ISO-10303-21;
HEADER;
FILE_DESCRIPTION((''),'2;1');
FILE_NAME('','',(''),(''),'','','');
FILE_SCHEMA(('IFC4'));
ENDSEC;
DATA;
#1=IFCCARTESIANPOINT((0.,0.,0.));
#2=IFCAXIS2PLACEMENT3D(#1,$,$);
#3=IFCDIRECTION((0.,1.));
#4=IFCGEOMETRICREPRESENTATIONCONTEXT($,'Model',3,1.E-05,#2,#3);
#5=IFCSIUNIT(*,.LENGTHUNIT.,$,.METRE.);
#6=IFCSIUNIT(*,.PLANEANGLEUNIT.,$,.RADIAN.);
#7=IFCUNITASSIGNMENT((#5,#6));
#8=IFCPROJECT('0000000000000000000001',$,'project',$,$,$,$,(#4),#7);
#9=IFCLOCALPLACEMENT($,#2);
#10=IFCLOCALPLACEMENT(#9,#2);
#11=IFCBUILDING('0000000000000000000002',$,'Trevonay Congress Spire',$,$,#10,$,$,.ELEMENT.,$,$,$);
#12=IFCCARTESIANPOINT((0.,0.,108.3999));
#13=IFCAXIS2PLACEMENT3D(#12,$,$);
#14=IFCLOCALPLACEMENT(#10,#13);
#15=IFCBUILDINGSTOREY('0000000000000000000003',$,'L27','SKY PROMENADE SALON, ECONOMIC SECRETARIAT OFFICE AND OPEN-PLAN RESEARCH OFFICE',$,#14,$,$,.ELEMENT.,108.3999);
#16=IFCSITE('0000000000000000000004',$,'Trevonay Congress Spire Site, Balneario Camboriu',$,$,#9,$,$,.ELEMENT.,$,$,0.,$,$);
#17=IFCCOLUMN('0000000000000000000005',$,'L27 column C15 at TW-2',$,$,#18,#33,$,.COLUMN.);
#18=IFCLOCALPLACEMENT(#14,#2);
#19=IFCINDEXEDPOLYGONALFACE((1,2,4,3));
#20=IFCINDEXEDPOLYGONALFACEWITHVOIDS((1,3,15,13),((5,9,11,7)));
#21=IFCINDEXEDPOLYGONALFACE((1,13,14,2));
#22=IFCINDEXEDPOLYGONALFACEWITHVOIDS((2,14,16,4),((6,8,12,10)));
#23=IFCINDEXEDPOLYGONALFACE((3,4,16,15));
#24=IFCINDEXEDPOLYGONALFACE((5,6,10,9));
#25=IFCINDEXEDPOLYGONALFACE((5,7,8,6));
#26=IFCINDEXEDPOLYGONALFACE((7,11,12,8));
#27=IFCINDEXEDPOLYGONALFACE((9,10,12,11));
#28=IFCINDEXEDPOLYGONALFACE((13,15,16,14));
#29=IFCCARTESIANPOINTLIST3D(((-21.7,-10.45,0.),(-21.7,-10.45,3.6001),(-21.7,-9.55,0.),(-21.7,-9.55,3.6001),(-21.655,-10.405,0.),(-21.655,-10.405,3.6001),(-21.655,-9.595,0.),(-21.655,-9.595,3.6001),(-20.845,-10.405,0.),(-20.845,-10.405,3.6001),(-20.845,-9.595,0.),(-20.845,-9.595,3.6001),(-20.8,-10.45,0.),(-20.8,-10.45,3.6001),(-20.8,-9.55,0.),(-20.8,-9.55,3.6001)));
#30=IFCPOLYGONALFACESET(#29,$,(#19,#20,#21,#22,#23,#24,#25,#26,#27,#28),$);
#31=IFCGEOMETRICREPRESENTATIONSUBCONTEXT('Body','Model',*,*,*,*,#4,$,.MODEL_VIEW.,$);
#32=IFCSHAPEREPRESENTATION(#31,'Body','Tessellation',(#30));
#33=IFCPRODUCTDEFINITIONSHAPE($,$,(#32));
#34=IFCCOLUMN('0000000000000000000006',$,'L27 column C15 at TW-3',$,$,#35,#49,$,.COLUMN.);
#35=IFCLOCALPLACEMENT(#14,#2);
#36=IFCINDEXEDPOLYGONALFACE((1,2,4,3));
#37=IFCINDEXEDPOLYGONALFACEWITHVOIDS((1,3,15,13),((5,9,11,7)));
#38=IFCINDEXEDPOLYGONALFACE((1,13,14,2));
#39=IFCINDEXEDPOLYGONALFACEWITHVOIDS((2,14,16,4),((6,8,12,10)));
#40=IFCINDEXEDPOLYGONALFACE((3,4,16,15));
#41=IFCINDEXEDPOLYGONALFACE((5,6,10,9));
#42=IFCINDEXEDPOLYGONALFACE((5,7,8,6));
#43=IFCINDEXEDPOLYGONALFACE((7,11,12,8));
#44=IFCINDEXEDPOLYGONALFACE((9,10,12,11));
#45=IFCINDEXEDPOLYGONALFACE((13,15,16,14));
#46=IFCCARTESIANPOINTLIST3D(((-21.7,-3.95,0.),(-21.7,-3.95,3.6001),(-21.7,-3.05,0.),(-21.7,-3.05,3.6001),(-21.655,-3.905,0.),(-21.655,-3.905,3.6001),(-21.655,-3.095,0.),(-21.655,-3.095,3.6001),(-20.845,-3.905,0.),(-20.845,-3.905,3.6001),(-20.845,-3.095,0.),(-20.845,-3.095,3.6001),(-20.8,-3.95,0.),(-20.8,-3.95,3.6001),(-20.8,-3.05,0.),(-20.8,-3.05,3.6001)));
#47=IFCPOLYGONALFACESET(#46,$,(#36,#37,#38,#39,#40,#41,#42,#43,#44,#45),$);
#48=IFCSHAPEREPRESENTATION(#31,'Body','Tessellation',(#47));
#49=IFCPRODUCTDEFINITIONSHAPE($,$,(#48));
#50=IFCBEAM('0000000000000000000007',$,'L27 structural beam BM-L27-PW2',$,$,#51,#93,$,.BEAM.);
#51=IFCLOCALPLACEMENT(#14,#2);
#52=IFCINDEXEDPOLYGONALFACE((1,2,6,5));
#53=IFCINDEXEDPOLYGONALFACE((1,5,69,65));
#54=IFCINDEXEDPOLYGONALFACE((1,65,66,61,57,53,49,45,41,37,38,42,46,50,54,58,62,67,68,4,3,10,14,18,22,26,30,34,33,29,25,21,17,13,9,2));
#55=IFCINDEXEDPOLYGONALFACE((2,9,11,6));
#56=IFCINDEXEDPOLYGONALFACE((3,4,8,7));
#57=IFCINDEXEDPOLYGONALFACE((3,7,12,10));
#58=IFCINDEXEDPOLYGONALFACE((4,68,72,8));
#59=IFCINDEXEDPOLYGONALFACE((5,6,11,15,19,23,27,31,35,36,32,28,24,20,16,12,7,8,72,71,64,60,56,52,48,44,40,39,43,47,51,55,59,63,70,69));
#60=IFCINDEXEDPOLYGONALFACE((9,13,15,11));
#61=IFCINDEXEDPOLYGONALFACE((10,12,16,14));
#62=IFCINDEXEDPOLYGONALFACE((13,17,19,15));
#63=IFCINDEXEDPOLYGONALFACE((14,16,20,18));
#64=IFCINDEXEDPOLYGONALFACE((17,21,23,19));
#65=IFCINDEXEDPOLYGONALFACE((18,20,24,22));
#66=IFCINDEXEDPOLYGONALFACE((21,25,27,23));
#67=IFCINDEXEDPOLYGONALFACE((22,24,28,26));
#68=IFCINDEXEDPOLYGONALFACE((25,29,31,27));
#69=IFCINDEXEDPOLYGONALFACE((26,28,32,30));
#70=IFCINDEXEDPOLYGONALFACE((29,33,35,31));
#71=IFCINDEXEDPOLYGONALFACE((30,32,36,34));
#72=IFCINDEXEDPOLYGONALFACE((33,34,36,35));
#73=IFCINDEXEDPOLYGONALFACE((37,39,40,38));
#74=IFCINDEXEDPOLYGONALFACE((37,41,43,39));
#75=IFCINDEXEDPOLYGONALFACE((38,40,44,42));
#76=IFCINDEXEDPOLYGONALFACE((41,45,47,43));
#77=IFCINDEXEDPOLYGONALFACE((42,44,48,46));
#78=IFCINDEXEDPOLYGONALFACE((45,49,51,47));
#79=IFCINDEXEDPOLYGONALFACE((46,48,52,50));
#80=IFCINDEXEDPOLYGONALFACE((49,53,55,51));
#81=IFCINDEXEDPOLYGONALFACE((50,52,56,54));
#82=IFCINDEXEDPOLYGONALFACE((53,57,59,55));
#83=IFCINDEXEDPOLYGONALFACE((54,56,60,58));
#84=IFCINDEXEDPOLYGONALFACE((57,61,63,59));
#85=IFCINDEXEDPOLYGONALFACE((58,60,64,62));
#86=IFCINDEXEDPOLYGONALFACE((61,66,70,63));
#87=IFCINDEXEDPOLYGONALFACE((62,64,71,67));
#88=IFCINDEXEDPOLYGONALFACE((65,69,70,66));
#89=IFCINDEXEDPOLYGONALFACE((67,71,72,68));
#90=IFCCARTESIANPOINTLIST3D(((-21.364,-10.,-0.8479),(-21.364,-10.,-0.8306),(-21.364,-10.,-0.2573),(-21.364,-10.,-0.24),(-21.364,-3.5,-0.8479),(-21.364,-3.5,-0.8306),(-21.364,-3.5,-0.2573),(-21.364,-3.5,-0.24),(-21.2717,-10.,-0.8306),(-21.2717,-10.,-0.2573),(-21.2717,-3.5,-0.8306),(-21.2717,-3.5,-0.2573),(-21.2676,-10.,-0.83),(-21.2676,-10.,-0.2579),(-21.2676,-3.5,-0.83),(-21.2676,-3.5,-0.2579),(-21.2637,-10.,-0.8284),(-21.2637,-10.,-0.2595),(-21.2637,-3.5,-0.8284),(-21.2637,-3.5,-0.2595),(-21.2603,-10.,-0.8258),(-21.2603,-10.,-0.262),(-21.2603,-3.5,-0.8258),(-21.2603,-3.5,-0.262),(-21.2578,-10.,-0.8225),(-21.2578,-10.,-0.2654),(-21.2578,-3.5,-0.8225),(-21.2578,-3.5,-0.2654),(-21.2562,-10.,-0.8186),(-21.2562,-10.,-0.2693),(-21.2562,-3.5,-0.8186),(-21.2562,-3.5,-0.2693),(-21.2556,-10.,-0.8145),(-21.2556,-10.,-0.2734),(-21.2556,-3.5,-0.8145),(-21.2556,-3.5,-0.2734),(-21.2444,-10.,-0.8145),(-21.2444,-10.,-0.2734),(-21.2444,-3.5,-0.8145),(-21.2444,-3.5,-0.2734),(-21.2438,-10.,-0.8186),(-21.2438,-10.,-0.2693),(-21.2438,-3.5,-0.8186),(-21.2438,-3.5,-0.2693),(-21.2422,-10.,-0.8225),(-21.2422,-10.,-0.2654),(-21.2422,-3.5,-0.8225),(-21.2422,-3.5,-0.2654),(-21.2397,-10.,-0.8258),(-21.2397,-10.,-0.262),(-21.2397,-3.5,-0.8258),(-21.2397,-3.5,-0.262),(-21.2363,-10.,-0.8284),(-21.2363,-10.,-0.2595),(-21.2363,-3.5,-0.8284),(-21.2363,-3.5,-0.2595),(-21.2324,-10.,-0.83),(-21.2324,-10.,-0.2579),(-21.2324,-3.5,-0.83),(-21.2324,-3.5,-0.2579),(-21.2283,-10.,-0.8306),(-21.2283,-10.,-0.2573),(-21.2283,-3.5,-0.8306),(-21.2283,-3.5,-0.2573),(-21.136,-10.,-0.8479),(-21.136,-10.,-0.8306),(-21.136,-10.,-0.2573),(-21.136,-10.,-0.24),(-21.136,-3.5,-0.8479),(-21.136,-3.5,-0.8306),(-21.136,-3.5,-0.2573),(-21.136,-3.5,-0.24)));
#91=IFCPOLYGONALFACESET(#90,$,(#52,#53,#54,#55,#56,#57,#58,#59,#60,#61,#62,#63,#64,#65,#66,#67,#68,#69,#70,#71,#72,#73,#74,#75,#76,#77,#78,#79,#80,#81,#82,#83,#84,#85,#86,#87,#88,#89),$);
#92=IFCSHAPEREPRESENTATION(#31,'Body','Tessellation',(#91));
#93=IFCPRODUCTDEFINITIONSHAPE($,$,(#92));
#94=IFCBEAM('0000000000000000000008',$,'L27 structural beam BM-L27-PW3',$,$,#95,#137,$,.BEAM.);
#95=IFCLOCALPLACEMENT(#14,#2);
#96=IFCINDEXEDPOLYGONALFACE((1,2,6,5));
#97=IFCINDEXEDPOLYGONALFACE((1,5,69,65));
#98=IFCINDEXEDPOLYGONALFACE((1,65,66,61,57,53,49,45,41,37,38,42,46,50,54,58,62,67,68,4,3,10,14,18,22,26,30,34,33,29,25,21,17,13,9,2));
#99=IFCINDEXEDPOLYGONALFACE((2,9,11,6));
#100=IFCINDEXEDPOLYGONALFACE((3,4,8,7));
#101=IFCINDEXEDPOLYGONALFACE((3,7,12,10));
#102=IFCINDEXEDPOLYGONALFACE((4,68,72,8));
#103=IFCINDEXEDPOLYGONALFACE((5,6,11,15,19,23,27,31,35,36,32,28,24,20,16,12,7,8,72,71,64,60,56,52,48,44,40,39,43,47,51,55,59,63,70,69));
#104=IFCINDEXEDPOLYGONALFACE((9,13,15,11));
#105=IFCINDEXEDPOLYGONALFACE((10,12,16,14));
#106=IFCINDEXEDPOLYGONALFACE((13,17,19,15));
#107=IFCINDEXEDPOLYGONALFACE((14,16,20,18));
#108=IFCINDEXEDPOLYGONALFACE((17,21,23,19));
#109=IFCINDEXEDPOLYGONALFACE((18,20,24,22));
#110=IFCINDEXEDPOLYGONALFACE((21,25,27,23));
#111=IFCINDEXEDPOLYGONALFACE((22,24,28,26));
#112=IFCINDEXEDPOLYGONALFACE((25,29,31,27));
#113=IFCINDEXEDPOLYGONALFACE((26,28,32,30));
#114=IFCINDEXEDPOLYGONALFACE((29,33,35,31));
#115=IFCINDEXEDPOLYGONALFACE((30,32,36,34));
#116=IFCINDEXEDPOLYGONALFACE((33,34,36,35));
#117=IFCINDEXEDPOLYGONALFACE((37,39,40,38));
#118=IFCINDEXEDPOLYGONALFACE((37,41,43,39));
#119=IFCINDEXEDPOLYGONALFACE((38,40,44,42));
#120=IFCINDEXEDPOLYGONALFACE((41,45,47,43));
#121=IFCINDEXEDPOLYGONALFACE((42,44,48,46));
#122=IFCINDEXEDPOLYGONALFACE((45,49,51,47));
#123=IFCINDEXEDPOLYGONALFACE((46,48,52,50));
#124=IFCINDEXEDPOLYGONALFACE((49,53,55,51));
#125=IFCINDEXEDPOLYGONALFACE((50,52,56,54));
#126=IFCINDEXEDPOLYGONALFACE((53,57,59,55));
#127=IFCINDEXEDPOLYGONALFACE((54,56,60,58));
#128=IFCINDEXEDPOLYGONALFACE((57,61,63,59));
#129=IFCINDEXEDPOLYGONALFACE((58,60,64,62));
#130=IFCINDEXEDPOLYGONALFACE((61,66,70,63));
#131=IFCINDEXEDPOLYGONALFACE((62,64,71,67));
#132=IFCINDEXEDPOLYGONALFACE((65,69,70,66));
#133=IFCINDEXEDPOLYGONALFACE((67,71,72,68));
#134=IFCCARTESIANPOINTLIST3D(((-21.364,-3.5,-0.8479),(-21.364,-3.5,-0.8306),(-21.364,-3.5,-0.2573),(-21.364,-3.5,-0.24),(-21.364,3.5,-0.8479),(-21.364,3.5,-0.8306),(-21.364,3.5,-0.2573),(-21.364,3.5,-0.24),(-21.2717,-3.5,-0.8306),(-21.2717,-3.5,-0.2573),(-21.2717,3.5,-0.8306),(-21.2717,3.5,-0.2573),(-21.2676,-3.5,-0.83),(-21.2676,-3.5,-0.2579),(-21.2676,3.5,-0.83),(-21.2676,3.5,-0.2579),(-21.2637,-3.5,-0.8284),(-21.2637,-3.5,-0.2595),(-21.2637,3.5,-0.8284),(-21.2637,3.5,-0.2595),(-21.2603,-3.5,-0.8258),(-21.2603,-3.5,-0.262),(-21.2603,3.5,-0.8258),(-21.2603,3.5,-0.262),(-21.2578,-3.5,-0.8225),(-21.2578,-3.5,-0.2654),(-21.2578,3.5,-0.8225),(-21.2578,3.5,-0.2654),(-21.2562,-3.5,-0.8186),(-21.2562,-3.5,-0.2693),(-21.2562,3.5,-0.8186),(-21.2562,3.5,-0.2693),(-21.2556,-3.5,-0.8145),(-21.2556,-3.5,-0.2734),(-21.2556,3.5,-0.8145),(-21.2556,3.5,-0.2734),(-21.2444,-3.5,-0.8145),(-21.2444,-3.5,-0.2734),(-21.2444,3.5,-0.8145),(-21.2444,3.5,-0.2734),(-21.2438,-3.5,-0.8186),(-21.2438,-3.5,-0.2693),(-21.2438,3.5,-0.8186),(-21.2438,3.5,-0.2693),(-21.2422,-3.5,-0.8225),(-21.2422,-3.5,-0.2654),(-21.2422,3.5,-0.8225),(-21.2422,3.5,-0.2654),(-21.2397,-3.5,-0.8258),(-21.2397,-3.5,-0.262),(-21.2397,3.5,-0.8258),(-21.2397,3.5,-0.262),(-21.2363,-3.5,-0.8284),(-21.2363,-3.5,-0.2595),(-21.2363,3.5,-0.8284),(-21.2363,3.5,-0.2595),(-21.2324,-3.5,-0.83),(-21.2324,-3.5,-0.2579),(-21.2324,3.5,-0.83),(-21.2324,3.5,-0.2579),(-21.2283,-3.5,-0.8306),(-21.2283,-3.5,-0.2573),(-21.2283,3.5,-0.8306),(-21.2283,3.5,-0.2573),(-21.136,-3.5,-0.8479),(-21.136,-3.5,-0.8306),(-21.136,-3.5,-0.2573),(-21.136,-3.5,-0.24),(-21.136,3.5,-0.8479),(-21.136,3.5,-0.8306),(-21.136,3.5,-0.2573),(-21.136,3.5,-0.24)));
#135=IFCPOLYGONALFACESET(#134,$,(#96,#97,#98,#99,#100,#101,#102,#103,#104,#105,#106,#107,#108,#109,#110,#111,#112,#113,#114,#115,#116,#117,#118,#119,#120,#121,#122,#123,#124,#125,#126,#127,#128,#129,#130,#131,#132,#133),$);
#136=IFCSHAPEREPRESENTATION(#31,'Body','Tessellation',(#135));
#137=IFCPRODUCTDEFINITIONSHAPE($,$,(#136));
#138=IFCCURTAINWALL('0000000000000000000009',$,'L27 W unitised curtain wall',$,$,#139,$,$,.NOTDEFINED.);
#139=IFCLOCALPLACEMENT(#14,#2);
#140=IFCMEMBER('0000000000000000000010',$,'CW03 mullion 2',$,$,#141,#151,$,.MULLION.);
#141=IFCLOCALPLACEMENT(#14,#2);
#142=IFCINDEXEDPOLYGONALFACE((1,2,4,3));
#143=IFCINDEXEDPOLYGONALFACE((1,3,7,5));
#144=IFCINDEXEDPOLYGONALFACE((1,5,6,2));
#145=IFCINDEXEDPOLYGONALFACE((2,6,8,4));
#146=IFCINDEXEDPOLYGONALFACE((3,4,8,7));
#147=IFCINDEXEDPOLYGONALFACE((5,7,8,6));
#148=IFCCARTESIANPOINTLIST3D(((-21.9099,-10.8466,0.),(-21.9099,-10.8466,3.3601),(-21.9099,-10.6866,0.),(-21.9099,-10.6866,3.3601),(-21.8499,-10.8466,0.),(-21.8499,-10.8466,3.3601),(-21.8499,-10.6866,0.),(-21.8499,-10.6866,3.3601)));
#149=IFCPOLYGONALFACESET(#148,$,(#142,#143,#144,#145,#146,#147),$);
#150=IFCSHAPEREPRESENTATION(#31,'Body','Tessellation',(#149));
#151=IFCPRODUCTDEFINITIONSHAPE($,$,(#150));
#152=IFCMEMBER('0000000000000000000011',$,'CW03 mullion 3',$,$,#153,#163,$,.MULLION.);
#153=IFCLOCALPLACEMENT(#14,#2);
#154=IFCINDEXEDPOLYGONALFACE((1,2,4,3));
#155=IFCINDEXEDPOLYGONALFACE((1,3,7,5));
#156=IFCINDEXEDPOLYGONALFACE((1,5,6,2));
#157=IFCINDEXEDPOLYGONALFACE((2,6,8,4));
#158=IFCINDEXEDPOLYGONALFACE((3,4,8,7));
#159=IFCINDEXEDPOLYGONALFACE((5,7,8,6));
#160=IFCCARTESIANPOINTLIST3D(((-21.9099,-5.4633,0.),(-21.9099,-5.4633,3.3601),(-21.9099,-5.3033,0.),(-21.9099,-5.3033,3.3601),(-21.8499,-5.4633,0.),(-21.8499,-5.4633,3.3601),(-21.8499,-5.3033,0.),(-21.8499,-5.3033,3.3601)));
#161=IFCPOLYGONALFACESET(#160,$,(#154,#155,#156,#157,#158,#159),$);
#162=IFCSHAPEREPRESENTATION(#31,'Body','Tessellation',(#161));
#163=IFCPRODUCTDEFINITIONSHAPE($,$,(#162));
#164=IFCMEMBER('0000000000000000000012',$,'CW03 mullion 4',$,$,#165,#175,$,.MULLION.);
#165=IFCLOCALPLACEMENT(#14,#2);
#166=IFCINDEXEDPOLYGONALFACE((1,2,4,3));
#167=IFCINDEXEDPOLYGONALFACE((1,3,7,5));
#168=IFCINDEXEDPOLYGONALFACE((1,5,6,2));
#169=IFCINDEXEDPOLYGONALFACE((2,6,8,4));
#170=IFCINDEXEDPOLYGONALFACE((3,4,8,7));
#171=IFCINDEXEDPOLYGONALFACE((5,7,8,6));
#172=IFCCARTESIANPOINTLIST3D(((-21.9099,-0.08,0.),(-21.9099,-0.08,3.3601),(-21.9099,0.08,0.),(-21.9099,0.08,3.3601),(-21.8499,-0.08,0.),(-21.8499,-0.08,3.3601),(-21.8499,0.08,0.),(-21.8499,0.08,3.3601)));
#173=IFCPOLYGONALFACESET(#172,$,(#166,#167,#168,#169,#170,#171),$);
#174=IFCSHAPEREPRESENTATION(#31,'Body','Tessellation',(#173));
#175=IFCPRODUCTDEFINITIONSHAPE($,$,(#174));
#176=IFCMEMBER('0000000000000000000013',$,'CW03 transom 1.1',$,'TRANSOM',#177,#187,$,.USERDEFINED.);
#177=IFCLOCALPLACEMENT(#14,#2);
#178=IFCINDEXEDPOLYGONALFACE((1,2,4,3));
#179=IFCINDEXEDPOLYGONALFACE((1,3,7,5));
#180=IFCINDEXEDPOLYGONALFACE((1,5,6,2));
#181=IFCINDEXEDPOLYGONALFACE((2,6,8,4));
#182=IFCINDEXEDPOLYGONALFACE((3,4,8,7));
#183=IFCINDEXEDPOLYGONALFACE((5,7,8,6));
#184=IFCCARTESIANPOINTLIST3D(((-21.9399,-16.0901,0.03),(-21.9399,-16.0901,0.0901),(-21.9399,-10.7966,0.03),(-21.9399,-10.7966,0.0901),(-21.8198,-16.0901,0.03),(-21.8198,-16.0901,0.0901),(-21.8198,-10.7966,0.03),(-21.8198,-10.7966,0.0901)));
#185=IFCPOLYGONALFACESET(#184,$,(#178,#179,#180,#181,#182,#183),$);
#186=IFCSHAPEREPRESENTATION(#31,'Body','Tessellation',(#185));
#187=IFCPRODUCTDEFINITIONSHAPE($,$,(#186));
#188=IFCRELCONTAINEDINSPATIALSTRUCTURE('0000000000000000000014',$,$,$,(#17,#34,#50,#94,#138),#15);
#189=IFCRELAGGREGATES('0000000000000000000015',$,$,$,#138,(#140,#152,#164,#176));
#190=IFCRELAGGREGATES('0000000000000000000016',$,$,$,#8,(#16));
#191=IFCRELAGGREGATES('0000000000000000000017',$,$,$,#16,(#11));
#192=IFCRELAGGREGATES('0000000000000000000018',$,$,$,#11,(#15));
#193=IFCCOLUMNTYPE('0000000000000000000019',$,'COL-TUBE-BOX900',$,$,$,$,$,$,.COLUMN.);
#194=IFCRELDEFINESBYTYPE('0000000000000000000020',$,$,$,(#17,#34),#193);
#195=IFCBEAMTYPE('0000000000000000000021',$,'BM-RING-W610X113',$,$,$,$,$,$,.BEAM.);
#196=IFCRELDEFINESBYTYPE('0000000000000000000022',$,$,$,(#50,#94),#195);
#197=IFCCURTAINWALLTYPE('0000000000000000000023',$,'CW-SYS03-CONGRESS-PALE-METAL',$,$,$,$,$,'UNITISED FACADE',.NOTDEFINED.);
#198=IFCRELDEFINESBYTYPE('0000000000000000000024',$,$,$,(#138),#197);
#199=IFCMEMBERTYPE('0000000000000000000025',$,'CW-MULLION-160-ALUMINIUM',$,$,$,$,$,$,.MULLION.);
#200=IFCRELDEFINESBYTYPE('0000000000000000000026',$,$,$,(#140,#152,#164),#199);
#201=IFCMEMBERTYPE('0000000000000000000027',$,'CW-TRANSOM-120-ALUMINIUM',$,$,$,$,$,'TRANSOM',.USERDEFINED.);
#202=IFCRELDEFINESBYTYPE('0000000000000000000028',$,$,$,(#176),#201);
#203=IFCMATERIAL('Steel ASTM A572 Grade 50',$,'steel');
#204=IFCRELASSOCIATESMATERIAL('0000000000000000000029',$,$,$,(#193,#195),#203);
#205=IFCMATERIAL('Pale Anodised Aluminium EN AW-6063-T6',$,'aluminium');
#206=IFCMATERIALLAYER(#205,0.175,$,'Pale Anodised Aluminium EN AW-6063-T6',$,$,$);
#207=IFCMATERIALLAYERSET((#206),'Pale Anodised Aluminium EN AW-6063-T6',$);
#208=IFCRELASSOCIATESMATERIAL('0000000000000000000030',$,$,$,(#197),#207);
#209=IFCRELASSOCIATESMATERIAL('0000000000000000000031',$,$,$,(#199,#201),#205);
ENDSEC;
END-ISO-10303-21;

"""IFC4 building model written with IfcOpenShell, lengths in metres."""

from ifc_helpers import new_model, si_unit, direction, frame, origin, origin_2d, place, context, subcontext, project, spatial, rectangle, hollow_rectangle, i_section, extrude, material, layer, layer_set, material_profile, profile_set, type_object, element, aggregate, save


model = new_model("IFC4")

# Units and contexts
model_context = context("Model", 3, precision=1e-05, world=origin(), true_north=direction((0.0, 1.0)))
body_context = subcontext(model_context, "Body", "Model", "MODEL_VIEW")
ifc_project = project(units=[si_unit("LENGTHUNIT", "METRE"), si_unit("PLANEANGLEUNIT", "RADIAN")], contexts=[model_context])

# Site, building, storey
site_placement = place(None, origin())
site = spatial("IfcSite", under=ifc_project, at=site_placement, Name="Trevonay Congress Spire Site, Balneario Camboriu", CompositionType="ELEMENT", RefElevation=0.0)
building_placement = place(site_placement, origin())
building = spatial("IfcBuilding", under=site, at=building_placement, Name="Trevonay Congress Spire", CompositionType="ELEMENT")
storey_placement = place(building_placement, frame((0.0, 0.0, 108.3999)))
storey = spatial("IfcBuildingStorey", under=building, at=storey_placement, Name="L27", Description="SKY PROMENADE SALON, ECONOMIC SECRETARIAT OFFICE AND OPEN-PLAN RESEARCH OFFICE", CompositionType="ELEMENT", Elevation=108.3999)

# Columns
ifc_material_1 = material(Name="Steel ASTM A572 Grade 50", Category="steel")
ifc_material_profile_1 = material_profile(ifc_material_1, hollow_rectangle(XDim=0.8999, YDim=0.8999, WallThickness=0.0449, at=origin_2d()), Name="BOX 900x900x45")
ifc_profile_set_1 = profile_set([ifc_material_profile_1], Name="Steel ASTM A572 Grade 50")
column_type = type_object("IfcColumnType", Name="COL-TUBE-BOX900", PredefinedType="COLUMN", material=ifc_profile_set_1)
for number, where, z_axis, x_axis, name in (
    (1, (-21.25, -10.0, 0.0), (0.0, 0.0, 1.0), (1.0, 0.0, 0.0), "L27 column C15 at TW-2"),
    (2, (-21.25, -3.5, 0.0), (0.0, 0.0, 1.0), (1.0, 0.0, 0.0), "L27 column C15 at TW-3"),
):
    element("IfcColumn", number, at=place(storey_placement, frame(where, z_axis=z_axis, x_axis=x_axis)), inside=storey, type_object=column_type, Name=name, PredefinedType="COLUMN", context=body_context, shape_type="SweptSolid", body=[
        extrude(hollow_rectangle(XDim=0.8999, YDim=0.8999, WallThickness=0.0449, at=origin_2d()), origin(), (0.0, 0.0, 1.0), 3.6001),
    ])

# Beams
ifc_material_profile_2 = material_profile(ifc_material_1, i_section(OverallWidth=0.228, OverallDepth=0.6079, WebThickness=0.0112, FlangeThickness=0.0173, FilletRadius=0.0161, at=origin_2d()), Name="W610x113")
ifc_profile_set_2 = profile_set([ifc_material_profile_2], Name="Steel ASTM A572 Grade 50")
beam_type_1 = type_object("IfcBeamType", Name="BM-RING-W610X113", PredefinedType="BEAM", material=ifc_profile_set_2)
beam_1_placement = place(storey_placement, frame((-21.25, -10.0, -0.5439), z_axis=(0.0, 1.0, 0.0), x_axis=(-1.0, 0.0, 0.0)))
element("IfcBeam", 3, at=beam_1_placement, inside=storey, type_object=beam_type_1, Name="L27 structural beam BM-L27-PW2", PredefinedType="BEAM", context=body_context, shape_type="SweptSolid", body=[
    extrude(i_section(OverallWidth=0.228, OverallDepth=0.6079, WebThickness=0.0112, FlangeThickness=0.0173, FilletRadius=0.0161, at=origin_2d()), origin(), (0.0, 0.0, 1.0), 6.5),
])
beam_2_placement = place(storey_placement, frame((-21.25, -3.5, -0.5439), z_axis=(0.0, 1.0, 0.0), x_axis=(-1.0, 0.0, 0.0)))
element("IfcBeam", 4, at=beam_2_placement, inside=storey, type_object=beam_type_1, Name="L27 structural beam BM-L27-PW3", PredefinedType="BEAM", context=body_context, shape_type="SweptSolid", body=[
    extrude(i_section(OverallWidth=0.228, OverallDepth=0.6079, WebThickness=0.0112, FlangeThickness=0.0173, FilletRadius=0.0161, at=origin_2d()), origin(), (0.0, 0.0, 1.0), 7.0),
])

# Curtain wall, members
ifc_material_2 = material(Name="Pale Anodised Aluminium EN AW-6063-T6", Category="aluminium")
ifc_layer_1 = layer(ifc_material_2, 0.175, Name="Pale Anodised Aluminium EN AW-6063-T6")
ifc_layer_set_1 = layer_set([ifc_layer_1], Name="Pale Anodised Aluminium EN AW-6063-T6")
curtain_wall_type = type_object("IfcCurtainWallType", Name="CW-SYS03-CONGRESS-PALE-METAL", ElementType="UNITISED FACADE", PredefinedType="NOTDEFINED", material=ifc_layer_set_1)
curtain_wall_placement = place(storey_placement, origin())
curtain_wall = element("IfcCurtainWall", 5, at=curtain_wall_placement, inside=storey, type_object=curtain_wall_type, Name="L27 W unitised curtain wall", PredefinedType="NOTDEFINED")
ifc_material_profile_3 = material_profile(ifc_material_2, rectangle(XDim=0.0601, YDim=0.1599, at=origin_2d()), Name="CW-MULLION-160-ALUMINIUM")
ifc_profile_set_3 = profile_set([ifc_material_profile_3], Name="Pale Anodised Aluminium EN AW-6063-T6")
member_type_1 = type_object("IfcMemberType", Name="CW-MULLION-160-ALUMINIUM", PredefinedType="MULLION", material=ifc_profile_set_3)
member_1_placement = place(storey_placement, frame((-21.8799, -10.7666, 0.0), z_axis=(0.0, 0.0, 1.0), x_axis=(-1.0, 0.0, 0.0)))
member_1 = element("IfcMember", 6, at=member_1_placement, type_object=member_type_1, Name="CW03 mullion 2", PredefinedType="MULLION", context=body_context, shape_type="SweptSolid", body=[
    extrude(rectangle(XDim=0.0601, YDim=0.1599, at=origin_2d()), origin(), (0.0, 0.0, 1.0), 3.3601),
])
member_2_placement = place(storey_placement, frame((-21.8799, -5.3833, 0.0), z_axis=(0.0, 0.0, 1.0), x_axis=(-1.0, 0.0, 0.0)))
member_2 = element("IfcMember", 7, at=member_2_placement, type_object=member_type_1, Name="CW03 mullion 3", PredefinedType="MULLION", context=body_context, shape_type="SweptSolid", body=[
    extrude(rectangle(XDim=0.0601, YDim=0.1599, at=origin_2d()), origin(), (0.0, 0.0, 1.0), 3.3601),
])
member_3_placement = place(storey_placement, frame((-21.8799, 0.0, 0.0), z_axis=(0.0, 0.0, 1.0), x_axis=(-1.0, 0.0, 0.0)))
member_3 = element("IfcMember", 8, at=member_3_placement, type_object=member_type_1, Name="CW03 mullion 4", PredefinedType="MULLION", context=body_context, shape_type="SweptSolid", body=[
    extrude(rectangle(XDim=0.0601, YDim=0.1599, at=origin_2d()), origin(), (0.0, 0.0, 1.0), 3.3601),
])
ifc_material_profile_4 = material_profile(ifc_material_2, rectangle(XDim=0.1201, YDim=0.0601, at=origin_2d()), Name="CW-TRANSOM-120-ALUMINIUM")
ifc_profile_set_4 = profile_set([ifc_material_profile_4], Name="Pale Anodised Aluminium EN AW-6063-T6")
member_type_2 = type_object("IfcMemberType", Name="CW-TRANSOM-120-ALUMINIUM", ElementType="TRANSOM", PredefinedType="USERDEFINED", material=ifc_profile_set_4)
member_4_placement = place(storey_placement, frame((-21.8799, -16.0901, 0.0601), z_axis=(0.0, 1.0, 0.0), x_axis=(-1.0, 0.0, 0.0)))
member_4 = element("IfcMember", 9, at=member_4_placement, type_object=member_type_2, Name="CW03 transom 1.1", ObjectType="TRANSOM", PredefinedType="USERDEFINED", context=body_context, shape_type="SweptSolid", body=[
    extrude(rectangle(XDim=0.1201, YDim=0.0601, at=origin_2d()), origin(), (0.0, 0.0, 1.0), 5.2935),
])

aggregate(curtain_wall, [member_1, member_2, member_3, member_4])

save(model, "model.ifc")
